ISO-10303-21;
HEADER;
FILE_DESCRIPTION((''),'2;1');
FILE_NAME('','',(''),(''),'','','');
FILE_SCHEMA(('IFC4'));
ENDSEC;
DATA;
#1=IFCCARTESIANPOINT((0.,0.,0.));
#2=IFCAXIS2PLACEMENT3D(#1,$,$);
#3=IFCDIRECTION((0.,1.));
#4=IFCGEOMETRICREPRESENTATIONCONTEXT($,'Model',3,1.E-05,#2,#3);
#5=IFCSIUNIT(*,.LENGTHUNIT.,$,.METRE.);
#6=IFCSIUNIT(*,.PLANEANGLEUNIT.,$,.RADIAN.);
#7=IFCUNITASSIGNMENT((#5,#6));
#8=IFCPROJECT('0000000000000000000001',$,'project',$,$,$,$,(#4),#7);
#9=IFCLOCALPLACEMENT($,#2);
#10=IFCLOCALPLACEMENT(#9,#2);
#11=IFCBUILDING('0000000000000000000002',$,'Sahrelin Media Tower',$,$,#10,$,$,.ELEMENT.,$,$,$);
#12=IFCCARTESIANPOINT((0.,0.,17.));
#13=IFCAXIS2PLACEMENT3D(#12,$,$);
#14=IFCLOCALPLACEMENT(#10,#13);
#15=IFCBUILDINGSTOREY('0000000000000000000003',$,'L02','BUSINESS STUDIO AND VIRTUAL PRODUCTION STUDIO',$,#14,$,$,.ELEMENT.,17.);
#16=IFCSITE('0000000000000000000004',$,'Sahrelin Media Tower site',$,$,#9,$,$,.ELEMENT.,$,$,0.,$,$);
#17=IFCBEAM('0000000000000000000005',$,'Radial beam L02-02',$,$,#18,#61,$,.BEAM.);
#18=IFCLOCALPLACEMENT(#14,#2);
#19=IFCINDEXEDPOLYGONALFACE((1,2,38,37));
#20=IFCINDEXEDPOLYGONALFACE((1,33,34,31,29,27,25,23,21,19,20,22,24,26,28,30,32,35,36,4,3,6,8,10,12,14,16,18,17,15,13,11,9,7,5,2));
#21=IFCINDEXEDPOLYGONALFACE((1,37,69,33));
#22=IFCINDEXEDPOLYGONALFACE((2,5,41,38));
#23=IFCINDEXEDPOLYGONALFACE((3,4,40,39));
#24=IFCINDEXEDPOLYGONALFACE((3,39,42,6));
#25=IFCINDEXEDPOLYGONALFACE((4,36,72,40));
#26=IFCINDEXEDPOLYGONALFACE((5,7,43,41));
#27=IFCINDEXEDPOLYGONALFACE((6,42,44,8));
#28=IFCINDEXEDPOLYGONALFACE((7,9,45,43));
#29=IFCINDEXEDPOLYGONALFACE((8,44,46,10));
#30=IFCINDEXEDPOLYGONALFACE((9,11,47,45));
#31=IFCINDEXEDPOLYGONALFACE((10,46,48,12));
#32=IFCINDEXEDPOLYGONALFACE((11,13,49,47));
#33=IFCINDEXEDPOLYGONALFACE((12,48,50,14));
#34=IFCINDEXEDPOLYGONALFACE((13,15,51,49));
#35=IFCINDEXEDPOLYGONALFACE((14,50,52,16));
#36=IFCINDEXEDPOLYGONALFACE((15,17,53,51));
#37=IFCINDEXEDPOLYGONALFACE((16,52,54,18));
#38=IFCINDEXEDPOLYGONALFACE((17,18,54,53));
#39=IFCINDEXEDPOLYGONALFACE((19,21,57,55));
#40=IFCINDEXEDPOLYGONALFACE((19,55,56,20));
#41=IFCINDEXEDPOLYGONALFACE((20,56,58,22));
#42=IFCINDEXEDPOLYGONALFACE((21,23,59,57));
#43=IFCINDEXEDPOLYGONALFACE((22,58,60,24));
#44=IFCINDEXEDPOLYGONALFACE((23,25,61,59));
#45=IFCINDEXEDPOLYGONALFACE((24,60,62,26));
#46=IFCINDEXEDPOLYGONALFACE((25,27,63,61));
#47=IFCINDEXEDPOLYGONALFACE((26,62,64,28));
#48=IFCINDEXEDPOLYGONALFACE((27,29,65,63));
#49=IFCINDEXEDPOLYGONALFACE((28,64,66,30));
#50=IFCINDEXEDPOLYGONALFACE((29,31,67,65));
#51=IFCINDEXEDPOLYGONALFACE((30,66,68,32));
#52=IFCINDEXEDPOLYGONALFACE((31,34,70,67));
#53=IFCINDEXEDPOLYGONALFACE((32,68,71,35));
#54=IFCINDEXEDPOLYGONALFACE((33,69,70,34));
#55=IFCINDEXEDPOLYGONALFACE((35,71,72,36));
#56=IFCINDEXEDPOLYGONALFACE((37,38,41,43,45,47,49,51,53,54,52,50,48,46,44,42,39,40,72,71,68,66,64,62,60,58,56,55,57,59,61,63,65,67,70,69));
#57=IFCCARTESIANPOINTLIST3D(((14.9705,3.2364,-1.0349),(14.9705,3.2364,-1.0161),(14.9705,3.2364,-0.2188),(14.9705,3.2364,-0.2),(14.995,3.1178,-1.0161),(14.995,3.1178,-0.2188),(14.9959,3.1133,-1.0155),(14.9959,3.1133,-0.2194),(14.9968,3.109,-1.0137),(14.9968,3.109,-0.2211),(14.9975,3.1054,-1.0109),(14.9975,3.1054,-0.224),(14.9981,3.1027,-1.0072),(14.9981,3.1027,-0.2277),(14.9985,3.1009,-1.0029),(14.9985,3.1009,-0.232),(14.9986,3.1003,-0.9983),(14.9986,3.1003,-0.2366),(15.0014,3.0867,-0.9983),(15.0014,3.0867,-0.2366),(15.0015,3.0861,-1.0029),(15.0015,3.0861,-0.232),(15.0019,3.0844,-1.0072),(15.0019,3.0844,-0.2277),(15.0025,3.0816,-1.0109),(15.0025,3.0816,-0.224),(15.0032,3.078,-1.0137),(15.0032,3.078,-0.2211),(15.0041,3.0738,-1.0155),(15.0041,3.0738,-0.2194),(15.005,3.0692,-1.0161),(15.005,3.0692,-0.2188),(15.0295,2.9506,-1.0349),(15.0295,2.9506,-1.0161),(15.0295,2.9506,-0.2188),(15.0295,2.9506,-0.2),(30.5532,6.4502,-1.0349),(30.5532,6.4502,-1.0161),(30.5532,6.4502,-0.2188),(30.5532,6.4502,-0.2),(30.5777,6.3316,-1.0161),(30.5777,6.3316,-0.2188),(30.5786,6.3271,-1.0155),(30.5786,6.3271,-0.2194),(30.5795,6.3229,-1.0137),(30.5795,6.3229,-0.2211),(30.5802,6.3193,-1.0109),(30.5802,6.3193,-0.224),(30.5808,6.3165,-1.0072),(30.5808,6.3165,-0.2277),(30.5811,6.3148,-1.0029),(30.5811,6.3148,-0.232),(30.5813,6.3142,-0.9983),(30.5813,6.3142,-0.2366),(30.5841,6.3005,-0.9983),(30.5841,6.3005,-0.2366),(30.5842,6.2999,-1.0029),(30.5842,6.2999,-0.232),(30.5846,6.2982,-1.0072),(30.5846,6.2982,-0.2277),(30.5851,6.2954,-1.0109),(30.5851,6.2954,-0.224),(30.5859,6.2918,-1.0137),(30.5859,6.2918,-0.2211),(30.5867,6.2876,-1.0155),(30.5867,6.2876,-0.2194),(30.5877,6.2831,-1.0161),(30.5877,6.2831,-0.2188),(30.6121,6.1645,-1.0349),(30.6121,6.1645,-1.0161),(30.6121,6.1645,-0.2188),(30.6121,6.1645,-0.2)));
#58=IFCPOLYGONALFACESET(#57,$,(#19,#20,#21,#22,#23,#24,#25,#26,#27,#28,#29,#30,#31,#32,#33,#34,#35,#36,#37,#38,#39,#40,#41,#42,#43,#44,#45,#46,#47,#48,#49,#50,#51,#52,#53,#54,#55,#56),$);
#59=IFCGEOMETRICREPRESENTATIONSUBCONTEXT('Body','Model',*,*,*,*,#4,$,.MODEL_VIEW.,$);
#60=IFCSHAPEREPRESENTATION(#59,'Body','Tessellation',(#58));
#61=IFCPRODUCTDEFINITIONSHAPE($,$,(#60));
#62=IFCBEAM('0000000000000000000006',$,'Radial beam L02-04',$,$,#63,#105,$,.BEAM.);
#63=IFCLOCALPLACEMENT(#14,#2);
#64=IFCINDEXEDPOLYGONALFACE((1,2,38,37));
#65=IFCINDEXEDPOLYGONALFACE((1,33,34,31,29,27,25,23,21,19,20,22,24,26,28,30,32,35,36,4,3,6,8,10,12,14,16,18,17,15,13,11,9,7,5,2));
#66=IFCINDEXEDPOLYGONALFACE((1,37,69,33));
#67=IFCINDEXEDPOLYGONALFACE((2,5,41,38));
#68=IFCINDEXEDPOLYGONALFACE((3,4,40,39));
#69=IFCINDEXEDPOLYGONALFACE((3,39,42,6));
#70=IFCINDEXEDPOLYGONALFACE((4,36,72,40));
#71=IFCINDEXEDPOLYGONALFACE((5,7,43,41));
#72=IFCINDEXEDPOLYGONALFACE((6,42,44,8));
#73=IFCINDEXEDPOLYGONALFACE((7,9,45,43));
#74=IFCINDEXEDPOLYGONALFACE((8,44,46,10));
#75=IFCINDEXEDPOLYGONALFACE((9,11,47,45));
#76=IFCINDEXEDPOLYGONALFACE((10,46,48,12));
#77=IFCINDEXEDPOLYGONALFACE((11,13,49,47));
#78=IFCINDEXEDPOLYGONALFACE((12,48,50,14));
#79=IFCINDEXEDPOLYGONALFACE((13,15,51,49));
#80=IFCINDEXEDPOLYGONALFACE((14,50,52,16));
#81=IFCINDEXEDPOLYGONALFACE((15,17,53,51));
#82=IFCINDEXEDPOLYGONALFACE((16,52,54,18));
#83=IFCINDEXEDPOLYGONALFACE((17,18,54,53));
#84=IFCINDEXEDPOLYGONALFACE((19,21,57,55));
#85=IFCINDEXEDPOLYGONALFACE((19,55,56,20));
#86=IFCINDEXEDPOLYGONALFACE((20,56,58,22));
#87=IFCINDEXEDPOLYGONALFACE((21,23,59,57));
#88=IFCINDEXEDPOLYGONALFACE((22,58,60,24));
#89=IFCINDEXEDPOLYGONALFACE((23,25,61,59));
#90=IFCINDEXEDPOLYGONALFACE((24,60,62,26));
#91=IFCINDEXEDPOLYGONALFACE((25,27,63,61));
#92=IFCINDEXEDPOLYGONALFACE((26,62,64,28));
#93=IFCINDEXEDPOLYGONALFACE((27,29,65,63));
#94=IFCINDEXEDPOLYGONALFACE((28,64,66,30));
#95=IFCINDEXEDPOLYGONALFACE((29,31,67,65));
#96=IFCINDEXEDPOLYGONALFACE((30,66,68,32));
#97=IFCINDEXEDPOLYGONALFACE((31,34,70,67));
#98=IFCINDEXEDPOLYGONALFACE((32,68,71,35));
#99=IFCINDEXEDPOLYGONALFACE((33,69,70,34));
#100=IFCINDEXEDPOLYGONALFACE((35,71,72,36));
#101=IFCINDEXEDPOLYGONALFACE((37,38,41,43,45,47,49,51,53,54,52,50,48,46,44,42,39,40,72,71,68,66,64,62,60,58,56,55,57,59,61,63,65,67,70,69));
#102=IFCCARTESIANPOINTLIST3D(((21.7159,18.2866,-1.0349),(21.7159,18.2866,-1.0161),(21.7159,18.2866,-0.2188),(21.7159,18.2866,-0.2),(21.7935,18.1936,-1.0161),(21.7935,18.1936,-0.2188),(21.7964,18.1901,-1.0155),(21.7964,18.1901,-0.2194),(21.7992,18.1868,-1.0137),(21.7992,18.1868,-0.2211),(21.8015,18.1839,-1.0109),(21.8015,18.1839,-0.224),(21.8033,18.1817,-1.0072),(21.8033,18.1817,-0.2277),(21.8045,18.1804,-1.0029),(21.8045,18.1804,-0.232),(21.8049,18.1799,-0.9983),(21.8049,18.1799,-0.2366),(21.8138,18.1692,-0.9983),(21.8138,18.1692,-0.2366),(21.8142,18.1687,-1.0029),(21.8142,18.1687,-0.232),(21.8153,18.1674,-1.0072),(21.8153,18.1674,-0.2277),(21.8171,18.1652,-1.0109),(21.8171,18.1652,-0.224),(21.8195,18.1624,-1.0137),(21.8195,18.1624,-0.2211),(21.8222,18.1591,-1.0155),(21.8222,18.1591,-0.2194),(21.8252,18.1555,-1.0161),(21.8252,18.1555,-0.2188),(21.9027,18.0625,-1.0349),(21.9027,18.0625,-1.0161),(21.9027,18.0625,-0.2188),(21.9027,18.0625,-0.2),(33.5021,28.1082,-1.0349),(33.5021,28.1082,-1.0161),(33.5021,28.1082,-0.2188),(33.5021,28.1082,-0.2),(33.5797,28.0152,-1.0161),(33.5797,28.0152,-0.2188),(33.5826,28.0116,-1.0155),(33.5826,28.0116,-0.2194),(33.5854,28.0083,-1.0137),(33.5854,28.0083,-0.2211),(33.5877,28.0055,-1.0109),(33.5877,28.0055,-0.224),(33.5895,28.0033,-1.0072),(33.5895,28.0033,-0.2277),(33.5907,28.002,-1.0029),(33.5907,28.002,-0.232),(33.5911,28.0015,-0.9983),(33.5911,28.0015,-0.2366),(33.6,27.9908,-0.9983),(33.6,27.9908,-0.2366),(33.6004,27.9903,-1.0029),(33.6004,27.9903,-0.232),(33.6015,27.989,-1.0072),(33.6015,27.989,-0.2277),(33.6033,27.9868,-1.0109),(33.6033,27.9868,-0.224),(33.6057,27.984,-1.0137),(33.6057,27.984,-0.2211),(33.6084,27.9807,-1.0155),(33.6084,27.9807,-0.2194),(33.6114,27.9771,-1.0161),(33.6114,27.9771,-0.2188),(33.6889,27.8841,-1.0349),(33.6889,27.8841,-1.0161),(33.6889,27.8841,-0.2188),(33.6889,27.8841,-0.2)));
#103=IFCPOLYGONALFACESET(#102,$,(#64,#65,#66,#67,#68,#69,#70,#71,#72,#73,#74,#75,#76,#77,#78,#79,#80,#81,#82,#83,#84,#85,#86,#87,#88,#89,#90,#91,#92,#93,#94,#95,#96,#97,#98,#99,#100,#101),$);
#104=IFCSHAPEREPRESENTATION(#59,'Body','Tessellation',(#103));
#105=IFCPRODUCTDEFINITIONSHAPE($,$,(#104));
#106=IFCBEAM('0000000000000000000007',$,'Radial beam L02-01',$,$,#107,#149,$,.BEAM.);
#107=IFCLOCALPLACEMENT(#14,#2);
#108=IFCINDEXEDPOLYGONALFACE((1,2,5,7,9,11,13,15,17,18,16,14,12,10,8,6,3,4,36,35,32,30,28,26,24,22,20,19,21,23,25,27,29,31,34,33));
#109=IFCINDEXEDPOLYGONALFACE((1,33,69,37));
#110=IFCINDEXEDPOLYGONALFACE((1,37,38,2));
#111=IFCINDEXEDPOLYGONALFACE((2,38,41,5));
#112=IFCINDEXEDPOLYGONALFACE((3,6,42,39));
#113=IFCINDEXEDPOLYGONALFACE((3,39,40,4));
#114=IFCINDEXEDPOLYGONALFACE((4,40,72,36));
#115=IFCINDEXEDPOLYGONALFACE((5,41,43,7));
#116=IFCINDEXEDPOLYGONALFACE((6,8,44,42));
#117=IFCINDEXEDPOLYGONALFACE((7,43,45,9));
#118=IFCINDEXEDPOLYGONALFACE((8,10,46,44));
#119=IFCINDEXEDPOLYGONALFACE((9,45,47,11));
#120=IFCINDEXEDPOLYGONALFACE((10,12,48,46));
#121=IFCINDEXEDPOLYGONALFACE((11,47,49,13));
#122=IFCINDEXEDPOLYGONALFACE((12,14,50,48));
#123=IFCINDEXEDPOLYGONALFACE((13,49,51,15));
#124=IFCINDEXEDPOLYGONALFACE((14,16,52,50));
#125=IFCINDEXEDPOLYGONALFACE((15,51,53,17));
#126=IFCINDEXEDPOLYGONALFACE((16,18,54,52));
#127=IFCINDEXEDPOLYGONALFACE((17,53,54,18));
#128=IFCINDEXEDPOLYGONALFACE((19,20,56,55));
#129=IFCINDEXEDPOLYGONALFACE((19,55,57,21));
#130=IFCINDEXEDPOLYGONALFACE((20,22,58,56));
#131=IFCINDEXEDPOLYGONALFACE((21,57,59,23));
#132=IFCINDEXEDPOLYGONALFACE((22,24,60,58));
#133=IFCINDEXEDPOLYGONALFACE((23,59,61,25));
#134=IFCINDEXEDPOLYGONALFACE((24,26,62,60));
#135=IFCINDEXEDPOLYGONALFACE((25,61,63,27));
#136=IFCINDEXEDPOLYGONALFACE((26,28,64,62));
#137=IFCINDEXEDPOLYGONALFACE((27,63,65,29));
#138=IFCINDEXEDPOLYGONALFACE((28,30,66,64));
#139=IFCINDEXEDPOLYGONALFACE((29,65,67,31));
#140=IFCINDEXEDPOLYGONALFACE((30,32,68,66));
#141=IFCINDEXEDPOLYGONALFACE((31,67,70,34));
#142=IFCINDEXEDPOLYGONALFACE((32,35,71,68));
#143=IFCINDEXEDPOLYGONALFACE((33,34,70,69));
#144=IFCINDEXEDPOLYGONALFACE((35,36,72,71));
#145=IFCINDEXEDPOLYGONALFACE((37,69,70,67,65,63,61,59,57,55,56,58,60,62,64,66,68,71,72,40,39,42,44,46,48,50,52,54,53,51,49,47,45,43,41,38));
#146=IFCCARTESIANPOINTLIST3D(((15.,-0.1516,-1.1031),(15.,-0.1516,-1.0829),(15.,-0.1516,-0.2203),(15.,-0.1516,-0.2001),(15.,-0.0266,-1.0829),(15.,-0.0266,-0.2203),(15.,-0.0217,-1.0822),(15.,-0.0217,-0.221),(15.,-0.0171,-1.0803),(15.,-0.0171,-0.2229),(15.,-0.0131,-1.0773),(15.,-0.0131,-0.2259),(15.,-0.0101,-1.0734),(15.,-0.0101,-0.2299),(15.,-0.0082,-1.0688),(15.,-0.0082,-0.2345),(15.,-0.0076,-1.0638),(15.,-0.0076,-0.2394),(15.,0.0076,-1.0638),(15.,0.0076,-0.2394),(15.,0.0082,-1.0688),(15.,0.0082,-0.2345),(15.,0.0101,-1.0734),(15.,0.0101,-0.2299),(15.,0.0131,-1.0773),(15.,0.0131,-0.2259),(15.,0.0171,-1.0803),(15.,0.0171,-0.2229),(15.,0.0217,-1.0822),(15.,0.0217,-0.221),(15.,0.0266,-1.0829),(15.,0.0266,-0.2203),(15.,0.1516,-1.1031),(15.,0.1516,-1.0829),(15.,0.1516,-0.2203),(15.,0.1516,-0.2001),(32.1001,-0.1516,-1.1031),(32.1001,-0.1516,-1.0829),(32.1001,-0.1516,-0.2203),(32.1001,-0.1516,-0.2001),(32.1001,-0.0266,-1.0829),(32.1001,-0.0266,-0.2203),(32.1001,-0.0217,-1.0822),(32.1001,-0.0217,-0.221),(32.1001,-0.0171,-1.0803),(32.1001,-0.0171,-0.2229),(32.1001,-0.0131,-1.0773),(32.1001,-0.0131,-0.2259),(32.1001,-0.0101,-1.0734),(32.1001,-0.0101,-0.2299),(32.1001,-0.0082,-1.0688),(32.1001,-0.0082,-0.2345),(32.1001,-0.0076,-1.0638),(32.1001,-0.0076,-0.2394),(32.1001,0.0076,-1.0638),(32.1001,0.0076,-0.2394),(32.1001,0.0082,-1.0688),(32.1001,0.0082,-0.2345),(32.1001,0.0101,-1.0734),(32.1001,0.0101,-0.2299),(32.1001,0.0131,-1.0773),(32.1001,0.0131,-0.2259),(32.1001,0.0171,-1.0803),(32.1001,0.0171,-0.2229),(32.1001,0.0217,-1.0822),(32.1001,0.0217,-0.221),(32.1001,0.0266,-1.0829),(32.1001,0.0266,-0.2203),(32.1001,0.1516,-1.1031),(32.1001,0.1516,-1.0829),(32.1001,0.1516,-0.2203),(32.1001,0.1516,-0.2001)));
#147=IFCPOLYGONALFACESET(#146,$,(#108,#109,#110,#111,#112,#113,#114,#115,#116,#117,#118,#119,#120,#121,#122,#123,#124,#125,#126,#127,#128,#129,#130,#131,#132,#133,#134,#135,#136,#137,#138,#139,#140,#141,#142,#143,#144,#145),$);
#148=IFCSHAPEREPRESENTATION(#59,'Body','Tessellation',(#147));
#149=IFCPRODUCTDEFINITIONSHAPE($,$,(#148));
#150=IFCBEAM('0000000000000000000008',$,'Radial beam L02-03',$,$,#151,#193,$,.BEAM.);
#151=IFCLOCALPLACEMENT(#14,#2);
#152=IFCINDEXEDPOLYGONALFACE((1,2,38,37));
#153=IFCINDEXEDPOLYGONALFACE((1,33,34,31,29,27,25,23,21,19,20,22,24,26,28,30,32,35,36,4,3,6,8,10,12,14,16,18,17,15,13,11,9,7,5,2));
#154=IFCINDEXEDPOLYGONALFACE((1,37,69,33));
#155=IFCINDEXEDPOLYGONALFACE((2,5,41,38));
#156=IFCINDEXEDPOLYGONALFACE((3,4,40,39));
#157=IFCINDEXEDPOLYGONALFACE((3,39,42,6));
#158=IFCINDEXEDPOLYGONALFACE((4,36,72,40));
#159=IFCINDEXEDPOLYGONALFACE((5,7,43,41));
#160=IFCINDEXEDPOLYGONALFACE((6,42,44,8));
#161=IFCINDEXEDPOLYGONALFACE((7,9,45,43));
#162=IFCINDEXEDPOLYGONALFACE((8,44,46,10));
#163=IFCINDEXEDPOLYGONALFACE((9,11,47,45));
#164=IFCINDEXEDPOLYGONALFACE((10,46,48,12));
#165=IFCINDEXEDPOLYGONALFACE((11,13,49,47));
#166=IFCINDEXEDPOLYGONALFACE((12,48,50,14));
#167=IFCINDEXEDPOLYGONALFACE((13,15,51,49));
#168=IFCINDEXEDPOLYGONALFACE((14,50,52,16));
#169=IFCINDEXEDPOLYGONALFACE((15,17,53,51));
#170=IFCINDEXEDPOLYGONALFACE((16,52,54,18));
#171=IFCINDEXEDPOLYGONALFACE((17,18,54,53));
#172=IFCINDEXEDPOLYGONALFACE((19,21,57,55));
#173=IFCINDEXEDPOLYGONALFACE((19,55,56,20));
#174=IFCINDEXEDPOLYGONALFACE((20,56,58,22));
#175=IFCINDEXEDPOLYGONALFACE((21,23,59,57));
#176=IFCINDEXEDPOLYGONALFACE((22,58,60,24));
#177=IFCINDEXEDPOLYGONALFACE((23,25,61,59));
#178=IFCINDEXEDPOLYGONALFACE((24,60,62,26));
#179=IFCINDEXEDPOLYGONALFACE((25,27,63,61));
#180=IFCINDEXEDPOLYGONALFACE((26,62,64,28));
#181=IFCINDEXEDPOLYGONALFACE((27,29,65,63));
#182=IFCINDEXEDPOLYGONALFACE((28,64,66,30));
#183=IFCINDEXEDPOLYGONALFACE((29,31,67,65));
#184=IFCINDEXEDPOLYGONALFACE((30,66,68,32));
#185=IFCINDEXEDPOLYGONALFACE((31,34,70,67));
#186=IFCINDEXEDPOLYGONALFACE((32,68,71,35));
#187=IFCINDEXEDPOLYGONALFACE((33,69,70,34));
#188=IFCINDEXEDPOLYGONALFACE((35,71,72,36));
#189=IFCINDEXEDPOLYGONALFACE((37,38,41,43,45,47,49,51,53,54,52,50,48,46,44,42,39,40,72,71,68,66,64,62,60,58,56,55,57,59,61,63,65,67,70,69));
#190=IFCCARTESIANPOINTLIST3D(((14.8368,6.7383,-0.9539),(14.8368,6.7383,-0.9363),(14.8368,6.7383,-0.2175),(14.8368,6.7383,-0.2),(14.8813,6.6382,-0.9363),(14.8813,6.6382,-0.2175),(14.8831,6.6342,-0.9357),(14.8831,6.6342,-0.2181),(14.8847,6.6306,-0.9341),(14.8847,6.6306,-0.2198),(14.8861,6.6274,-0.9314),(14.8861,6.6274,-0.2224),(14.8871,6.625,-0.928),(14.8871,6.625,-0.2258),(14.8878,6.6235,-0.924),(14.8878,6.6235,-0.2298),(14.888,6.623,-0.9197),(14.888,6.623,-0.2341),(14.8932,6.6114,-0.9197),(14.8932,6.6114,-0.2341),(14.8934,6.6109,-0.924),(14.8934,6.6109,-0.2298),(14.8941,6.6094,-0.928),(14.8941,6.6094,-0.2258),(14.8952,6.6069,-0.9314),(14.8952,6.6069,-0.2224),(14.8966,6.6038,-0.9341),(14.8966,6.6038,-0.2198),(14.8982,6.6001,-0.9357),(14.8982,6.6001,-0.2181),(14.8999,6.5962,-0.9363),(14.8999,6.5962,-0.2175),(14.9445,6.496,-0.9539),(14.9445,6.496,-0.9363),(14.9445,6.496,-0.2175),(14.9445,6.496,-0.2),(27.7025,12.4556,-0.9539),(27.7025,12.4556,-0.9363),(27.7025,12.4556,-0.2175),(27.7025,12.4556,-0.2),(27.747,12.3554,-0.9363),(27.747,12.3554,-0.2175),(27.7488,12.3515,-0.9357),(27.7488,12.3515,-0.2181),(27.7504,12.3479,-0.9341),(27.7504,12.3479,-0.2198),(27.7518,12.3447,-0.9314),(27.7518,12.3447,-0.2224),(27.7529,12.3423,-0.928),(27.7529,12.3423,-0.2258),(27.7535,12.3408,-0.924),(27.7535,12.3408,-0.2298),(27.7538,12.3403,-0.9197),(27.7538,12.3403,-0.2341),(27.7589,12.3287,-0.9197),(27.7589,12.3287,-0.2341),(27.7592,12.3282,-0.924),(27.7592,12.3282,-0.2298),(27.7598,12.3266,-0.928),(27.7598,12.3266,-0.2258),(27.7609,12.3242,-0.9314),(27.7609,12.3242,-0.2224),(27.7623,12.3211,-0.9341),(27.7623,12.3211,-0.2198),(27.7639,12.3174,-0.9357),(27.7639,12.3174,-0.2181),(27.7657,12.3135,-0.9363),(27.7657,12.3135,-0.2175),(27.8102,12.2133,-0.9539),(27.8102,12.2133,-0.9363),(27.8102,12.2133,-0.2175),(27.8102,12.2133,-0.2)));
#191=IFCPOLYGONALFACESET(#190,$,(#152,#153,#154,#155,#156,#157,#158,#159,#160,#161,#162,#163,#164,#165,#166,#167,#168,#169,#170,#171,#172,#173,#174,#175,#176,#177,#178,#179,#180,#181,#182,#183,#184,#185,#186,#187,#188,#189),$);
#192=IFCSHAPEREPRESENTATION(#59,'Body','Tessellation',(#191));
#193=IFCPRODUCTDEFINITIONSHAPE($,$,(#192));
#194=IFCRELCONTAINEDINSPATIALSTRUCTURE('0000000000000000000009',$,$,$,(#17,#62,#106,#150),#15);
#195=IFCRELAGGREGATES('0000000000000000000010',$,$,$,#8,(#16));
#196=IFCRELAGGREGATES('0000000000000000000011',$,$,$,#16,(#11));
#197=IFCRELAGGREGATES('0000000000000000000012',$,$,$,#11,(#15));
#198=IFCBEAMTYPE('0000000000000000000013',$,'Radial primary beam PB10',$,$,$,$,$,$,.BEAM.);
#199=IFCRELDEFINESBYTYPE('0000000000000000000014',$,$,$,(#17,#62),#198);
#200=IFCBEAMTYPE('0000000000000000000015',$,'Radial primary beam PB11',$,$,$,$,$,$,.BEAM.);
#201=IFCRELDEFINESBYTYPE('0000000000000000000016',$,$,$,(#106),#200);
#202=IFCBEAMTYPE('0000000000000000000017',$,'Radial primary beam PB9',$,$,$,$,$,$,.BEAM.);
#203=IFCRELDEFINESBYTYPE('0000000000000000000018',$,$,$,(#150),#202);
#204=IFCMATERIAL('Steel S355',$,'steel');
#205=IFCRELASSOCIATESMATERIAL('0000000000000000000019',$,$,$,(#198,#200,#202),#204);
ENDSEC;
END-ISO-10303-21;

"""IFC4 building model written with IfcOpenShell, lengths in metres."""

from ifc_helpers import new_model, si_unit, direction, frame, origin, origin_2d, place, context, subcontext, project, spatial, i_section, extrude, material, material_profile, profile_set, type_object, element, save


model = new_model("IFC4")

# Units and contexts
model_context = context("Model", 3, precision=1e-05, world=origin(), true_north=direction((0.0, 1.0)))
body_context = subcontext(model_context, "Body", "Model", "MODEL_VIEW")
ifc_project = project(units=[si_unit("LENGTHUNIT", "METRE"), si_unit("PLANEANGLEUNIT", "RADIAN")], contexts=[model_context])

# Site, building, storey
site_placement = place(None, origin())
site = spatial("IfcSite", under=ifc_project, at=site_placement, Name="Sahrelin Media Tower site", CompositionType="ELEMENT", RefElevation=0.0)
building_placement = place(site_placement, origin())
building = spatial("IfcBuilding", under=site, at=building_placement, Name="Sahrelin Media Tower", CompositionType="ELEMENT")
storey_placement = place(building_placement, frame((0.0, 0.0, 17.0)))
storey = spatial("IfcBuildingStorey", under=building, at=storey_placement, Name="L02", Description="BUSINESS STUDIO AND VIRTUAL PRODUCTION STUDIO", CompositionType="ELEMENT", Elevation=17.0)

# Beams
ifc_material_1 = material(Name="Steel S355", Category="steel")
ifc_material_profile_1 = material_profile(ifc_material_1, i_section(OverallWidth=0.2917, OverallDepth=0.835, WebThickness=0.0139, FlangeThickness=0.0188, FilletRadius=0.0178, at=origin_2d()), Name="UB 838x292x176")
ifc_profile_set_1 = profile_set([ifc_material_profile_1], Name="Steel S355")
beam_type_1 = type_object("IfcBeamType", Name="Radial primary beam PB10", PredefinedType="BEAM", material=ifc_profile_set_1)
beam_1_placement = place(storey_placement, frame((15.0, 3.0935, -0.6174), z_axis=(0.979387, 0.201994, 0.0), x_axis=(-0.201994, 0.979387, 0.0)))
element("IfcBeam", 1, at=beam_1_placement, inside=storey, type_object=beam_type_1, Name="Radial beam L02-02", PredefinedType="BEAM", context=body_context, shape_type="SweptSolid", body=[
    extrude(i_section(OverallWidth=0.2917, OverallDepth=0.835, WebThickness=0.0139, FlangeThickness=0.0188, FilletRadius=0.0178, at=origin_2d()), origin(), (0.0, 0.0, 1.0), 15.9106),
])
beam_2_placement = place(storey_placement, frame((21.8093, 18.1746, -0.6174), z_axis=(0.768229, 0.640175, 0.0), x_axis=(-0.640175, 0.768229, 0.0)))
element("IfcBeam", 2, at=beam_2_placement, inside=storey, type_object=beam_type_1, Name="Radial beam L02-04", PredefinedType="BEAM", context=body_context, shape_type="SweptSolid", body=[
    extrude(i_section(OverallWidth=0.2917, OverallDepth=0.835, WebThickness=0.0139, FlangeThickness=0.0188, FilletRadius=0.0178, at=origin_2d()), origin(), (0.0, 0.0, 1.0), 15.342),
])
ifc_material_profile_2 = material_profile(ifc_material_1, i_section(OverallWidth=0.3032, OverallDepth=0.9031, WebThickness=0.0151, FlangeThickness=0.0203, FilletRadius=0.019, at=origin_2d()), Name="UB 914x305x201")
ifc_profile_set_2 = profile_set([ifc_material_profile_2], Name="Steel S355")
beam_type_2 = type_object("IfcBeamType", Name="Radial primary beam PB11", PredefinedType="BEAM", material=ifc_profile_set_2)
beam_3_placement = place(storey_placement, frame((15.0, 0.0, -0.6516), z_axis=(1.0, 0.0, 0.0), x_axis=(0.0, 1.0, 0.0)))
element("IfcBeam", 3, at=beam_3_placement, inside=storey, type_object=beam_type_2, Name="Radial beam L02-01", PredefinedType="BEAM", context=body_context, shape_type="SweptSolid", body=[
    extrude(i_section(OverallWidth=0.3032, OverallDepth=0.9031, WebThickness=0.0151, FlangeThickness=0.0203, FilletRadius=0.019, at=origin_2d()), origin(), (0.0, 0.0, 1.0), 17.1001),
])
ifc_material_profile_3 = material_profile(ifc_material_1, i_section(OverallWidth=0.2651, OverallDepth=0.7539, WebThickness=0.0127, FlangeThickness=0.0176, FilletRadius=0.0166, at=origin_2d()), Name="UB 762x267x147")
ifc_profile_set_3 = profile_set([ifc_material_profile_3], Name="Steel S355")
beam_type_3 = type_object("IfcBeamType", Name="Radial primary beam PB9", PredefinedType="BEAM", material=ifc_profile_set_3)
beam_4_placement = place(storey_placement, frame((14.8906, 6.6172, -0.5769), z_axis=(0.913833, 0.40609, 0.0), x_axis=(-0.40609, 0.913833, 0.0)))
element("IfcBeam", 4, at=beam_4_placement, inside=storey, type_object=beam_type_3, Name="Radial beam L02-03", PredefinedType="BEAM", context=body_context, shape_type="SweptSolid", body=[
    extrude(i_section(OverallWidth=0.2651, OverallDepth=0.7539, WebThickness=0.0127, FlangeThickness=0.0176, FilletRadius=0.0166, at=origin_2d()), origin(), (0.0, 0.0, 1.0), 14.0789),
])

save(model, "model.ifc")
